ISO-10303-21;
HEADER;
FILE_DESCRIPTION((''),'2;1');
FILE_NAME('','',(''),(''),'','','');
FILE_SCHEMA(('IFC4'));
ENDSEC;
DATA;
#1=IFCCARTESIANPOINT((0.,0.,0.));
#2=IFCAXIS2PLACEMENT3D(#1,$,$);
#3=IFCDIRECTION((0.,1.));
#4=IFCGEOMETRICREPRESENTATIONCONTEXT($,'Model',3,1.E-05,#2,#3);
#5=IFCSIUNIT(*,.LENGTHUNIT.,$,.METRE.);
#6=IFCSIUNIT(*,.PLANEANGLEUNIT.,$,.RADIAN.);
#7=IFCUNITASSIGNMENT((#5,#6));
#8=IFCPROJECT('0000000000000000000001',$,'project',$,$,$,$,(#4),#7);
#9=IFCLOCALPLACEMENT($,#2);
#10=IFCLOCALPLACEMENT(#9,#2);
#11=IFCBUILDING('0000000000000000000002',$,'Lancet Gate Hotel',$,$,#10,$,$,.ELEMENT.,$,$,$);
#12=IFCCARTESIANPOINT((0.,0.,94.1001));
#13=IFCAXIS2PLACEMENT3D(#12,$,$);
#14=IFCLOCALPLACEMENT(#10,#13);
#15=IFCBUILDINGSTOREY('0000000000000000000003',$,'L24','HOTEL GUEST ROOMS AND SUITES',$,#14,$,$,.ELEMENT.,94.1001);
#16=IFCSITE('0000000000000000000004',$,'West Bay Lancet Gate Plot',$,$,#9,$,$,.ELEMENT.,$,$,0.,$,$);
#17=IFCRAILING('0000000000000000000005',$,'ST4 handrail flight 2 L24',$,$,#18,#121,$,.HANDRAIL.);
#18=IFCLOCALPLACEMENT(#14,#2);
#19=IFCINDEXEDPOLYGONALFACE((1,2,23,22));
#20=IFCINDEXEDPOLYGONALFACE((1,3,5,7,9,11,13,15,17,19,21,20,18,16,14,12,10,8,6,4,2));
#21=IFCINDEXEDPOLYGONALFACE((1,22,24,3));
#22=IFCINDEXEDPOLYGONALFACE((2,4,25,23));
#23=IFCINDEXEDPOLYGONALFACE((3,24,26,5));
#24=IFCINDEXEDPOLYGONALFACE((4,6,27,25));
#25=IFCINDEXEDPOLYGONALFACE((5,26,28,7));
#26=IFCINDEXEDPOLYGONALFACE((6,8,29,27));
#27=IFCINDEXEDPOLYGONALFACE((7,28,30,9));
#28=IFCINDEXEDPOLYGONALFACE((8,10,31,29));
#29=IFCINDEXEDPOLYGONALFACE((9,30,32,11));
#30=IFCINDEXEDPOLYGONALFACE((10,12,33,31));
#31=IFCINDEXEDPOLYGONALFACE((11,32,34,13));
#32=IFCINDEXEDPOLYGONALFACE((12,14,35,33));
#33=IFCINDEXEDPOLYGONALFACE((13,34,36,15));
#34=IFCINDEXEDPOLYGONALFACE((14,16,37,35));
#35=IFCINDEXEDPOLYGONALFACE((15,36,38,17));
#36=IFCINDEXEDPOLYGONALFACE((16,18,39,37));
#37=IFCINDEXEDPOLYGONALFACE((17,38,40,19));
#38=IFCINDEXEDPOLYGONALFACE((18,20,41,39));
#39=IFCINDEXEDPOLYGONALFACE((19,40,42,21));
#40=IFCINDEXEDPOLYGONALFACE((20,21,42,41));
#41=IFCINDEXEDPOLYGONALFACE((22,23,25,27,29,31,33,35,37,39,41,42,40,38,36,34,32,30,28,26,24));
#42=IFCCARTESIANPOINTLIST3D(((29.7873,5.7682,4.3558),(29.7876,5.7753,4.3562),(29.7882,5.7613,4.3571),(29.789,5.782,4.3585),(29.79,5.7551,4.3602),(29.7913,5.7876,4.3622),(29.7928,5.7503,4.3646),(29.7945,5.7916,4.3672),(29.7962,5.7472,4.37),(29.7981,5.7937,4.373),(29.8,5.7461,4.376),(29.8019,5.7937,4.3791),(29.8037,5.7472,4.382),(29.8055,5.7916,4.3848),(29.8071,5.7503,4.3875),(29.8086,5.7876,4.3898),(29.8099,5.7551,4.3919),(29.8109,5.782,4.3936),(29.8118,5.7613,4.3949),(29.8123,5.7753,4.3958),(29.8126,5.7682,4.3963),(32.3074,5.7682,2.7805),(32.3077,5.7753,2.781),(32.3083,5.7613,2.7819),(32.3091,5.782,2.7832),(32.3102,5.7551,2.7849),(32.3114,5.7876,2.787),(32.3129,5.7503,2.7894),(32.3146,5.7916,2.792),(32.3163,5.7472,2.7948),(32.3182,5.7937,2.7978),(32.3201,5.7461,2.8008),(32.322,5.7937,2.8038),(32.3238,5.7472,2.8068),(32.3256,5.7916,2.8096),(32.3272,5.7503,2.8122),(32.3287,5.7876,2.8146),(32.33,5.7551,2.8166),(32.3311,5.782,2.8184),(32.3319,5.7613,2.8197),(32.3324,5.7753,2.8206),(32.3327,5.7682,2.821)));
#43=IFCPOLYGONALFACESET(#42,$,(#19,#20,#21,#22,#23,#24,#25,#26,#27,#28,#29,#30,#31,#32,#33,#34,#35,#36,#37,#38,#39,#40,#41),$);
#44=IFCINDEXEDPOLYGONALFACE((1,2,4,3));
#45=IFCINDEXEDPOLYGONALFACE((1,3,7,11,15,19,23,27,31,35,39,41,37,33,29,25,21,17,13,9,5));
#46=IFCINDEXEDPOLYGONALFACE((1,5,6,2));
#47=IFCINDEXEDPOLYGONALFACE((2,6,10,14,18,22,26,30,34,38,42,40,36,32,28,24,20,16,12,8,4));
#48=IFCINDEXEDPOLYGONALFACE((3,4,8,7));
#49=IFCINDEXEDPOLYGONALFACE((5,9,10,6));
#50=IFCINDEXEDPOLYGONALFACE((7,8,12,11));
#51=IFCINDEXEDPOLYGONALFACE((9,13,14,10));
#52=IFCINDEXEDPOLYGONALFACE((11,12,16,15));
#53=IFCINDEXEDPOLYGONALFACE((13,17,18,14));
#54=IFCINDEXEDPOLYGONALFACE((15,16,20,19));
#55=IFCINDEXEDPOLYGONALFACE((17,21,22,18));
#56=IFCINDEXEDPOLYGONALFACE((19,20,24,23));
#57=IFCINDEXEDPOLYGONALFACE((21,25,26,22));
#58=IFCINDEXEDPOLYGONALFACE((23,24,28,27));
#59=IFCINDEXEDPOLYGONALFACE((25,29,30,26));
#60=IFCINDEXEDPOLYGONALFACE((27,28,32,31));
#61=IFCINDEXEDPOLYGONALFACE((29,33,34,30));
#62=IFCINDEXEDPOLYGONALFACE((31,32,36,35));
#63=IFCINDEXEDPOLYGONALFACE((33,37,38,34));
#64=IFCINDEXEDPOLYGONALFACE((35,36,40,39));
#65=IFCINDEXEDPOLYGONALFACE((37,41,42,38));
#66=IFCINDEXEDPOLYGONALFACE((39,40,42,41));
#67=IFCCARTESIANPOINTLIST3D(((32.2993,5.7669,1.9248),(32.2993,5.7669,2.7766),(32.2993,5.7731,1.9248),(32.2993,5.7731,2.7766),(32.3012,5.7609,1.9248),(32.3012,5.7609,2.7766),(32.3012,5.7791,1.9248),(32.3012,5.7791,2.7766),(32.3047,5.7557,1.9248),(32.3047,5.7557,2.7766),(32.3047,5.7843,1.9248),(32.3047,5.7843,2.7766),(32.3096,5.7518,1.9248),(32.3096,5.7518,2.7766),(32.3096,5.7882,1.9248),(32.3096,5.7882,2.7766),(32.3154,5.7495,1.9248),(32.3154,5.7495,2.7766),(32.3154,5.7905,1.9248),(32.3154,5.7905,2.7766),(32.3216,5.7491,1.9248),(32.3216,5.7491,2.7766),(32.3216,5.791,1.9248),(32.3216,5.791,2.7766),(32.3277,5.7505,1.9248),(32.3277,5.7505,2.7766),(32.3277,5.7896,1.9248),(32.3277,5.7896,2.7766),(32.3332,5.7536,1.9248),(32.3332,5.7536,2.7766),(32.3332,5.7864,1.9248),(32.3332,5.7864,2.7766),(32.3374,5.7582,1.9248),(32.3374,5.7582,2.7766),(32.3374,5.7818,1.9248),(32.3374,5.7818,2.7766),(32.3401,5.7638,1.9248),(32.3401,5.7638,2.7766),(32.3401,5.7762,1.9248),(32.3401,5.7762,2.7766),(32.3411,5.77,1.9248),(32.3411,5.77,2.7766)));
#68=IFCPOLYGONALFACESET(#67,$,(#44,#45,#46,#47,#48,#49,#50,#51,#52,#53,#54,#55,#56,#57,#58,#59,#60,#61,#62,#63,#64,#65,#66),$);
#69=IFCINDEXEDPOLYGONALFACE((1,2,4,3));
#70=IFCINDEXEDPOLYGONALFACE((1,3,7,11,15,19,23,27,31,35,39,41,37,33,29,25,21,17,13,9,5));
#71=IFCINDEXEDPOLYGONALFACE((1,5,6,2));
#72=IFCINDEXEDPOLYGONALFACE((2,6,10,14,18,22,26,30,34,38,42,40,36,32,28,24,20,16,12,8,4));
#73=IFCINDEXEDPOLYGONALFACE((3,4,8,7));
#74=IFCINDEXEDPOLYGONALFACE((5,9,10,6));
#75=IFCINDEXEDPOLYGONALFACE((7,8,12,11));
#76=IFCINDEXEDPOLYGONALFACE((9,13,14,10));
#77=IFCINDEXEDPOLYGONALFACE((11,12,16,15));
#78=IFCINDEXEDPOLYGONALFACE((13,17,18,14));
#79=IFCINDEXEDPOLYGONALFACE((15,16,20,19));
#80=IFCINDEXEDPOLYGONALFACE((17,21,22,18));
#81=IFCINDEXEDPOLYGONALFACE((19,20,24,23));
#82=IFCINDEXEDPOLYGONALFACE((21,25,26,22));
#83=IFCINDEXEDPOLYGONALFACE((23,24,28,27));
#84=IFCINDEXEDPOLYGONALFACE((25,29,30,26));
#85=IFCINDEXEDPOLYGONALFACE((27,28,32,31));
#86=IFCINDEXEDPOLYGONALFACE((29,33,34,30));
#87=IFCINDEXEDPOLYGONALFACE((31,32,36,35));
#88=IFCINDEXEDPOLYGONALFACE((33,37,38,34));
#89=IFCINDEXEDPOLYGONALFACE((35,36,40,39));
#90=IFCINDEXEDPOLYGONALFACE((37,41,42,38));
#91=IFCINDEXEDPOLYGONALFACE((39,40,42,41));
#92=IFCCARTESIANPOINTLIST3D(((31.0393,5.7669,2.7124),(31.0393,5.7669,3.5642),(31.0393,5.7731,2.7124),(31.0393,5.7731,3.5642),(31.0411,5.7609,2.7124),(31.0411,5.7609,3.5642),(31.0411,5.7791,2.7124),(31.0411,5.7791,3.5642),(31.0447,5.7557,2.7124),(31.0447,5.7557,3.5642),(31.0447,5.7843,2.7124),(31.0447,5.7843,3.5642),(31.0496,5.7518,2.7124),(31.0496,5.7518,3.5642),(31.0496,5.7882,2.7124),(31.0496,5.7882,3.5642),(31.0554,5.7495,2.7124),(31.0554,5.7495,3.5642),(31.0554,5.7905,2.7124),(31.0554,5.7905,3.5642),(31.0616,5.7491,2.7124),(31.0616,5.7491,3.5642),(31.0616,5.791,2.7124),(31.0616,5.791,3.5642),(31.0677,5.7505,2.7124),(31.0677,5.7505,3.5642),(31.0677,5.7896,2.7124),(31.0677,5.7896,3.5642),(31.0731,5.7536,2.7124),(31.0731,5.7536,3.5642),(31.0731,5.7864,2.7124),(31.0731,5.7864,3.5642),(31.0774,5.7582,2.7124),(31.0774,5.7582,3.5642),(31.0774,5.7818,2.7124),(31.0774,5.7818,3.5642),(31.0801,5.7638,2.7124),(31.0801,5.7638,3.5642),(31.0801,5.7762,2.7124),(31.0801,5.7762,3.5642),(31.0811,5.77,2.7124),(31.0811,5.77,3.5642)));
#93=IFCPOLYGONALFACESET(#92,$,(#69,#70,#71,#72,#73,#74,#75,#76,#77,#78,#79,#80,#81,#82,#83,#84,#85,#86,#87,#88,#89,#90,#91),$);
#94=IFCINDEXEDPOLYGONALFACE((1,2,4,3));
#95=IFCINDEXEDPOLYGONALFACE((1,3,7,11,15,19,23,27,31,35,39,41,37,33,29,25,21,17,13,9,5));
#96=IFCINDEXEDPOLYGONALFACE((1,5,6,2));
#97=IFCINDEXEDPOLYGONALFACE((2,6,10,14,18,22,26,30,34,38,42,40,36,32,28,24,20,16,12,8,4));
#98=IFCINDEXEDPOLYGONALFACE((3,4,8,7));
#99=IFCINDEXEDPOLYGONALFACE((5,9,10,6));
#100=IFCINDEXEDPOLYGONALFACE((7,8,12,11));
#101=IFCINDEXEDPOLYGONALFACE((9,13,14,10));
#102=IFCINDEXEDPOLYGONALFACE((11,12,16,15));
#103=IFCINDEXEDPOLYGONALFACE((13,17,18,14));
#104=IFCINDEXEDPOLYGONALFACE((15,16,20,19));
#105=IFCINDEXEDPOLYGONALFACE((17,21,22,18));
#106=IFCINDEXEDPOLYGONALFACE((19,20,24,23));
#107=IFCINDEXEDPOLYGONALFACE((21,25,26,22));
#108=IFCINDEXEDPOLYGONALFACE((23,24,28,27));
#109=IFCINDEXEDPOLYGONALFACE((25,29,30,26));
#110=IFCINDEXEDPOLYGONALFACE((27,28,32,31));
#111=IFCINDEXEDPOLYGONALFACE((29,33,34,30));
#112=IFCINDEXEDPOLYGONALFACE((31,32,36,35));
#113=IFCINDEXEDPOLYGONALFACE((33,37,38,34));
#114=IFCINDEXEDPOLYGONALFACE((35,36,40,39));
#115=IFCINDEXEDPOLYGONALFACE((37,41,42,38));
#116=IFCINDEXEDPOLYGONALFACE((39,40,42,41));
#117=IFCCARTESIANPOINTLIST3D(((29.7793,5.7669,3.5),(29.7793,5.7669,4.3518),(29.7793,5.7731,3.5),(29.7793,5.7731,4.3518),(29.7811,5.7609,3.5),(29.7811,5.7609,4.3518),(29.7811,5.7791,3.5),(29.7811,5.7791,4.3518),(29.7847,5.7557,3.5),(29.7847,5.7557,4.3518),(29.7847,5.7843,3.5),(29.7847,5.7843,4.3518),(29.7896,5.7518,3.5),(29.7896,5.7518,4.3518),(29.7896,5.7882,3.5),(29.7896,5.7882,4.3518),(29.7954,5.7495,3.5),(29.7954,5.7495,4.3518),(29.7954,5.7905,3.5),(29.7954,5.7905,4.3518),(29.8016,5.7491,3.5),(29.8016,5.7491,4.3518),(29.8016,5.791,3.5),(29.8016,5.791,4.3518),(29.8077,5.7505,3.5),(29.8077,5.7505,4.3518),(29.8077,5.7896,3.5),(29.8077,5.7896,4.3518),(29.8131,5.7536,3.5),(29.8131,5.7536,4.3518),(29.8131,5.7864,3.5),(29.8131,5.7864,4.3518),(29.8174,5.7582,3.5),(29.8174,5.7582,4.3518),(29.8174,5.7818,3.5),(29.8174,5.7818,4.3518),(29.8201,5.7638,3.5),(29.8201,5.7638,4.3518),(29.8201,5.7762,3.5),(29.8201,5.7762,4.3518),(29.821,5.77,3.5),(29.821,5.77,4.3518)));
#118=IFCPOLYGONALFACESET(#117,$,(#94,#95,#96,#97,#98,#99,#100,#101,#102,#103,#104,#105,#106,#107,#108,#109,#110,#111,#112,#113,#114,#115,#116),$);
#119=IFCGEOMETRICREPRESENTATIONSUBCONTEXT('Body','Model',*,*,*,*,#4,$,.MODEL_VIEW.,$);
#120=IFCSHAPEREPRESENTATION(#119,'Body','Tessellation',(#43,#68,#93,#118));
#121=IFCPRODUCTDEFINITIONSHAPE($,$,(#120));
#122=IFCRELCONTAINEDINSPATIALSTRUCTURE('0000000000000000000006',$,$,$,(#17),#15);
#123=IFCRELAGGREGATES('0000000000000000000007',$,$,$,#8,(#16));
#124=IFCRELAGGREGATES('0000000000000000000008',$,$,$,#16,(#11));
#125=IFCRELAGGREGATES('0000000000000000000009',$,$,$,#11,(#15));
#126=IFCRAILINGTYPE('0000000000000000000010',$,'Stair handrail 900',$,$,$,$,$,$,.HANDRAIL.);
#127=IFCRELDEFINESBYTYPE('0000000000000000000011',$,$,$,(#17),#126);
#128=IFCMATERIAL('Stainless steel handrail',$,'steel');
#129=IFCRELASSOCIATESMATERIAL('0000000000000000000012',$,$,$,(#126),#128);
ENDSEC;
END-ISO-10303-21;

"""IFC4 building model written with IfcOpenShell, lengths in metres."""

from ifc_helpers import new_model, si_unit, direction, frame, origin, origin_2d, place, context, subcontext, project, spatial, circle, extrude, material, type_object, element, save


model = new_model("IFC4")

# Units and contexts
model_context = context("Model", 3, precision=1e-05, world=origin(), true_north=direction((0.0, 1.0)))
body_context = subcontext(model_context, "Body", "Model", "MODEL_VIEW")
ifc_project = project(units=[si_unit("LENGTHUNIT", "METRE"), si_unit("PLANEANGLEUNIT", "RADIAN")], contexts=[model_context])

# Site, building, storey
site_placement = place(None, origin())
site = spatial("IfcSite", under=ifc_project, at=site_placement, Name="West Bay Lancet Gate Plot", CompositionType="ELEMENT", RefElevation=0.0)
building_placement = place(site_placement, origin())
building = spatial("IfcBuilding", under=site, at=building_placement, Name="Lancet Gate Hotel", CompositionType="ELEMENT")
storey_placement = place(building_placement, frame((0.0, 0.0, 94.1001)))
storey = spatial("IfcBuildingStorey", under=building, at=storey_placement, Name="L24", Description="HOTEL GUEST ROOMS AND SUITES", CompositionType="ELEMENT", Elevation=94.1001)

# Railing
ifc_material_1 = material(Name="Stainless steel handrail", Category="steel")
railing_type = type_object("IfcRailingType", Name="Stair handrail 900", PredefinedType="HANDRAIL", material=ifc_material_1)
railing_1_placement = place(storey_placement, frame((32.3201, 5.77, 1.9248)))
element("IfcRailing", 1, at=railing_1_placement, inside=storey, type_object=railing_type, Name="ST4 handrail flight 2 L24", PredefinedType="HANDRAIL", context=body_context, shape_type="SweptSolid", body=[
    extrude(circle(Radius=0.0239, at=origin_2d()), frame((0.0, 0.0, 0.876), z_axis=(-0.847971, 0.0, 0.530043), x_axis=(0.0, -1.0, 0.0)), (0.0, 0.0, 1.0), 2.9719),
    extrude(circle(Radius=0.021, at=origin_2d()), origin(), (0.0, 0.0, 1.0), 0.8518),
    extrude(circle(Radius=0.021, at=origin_2d()), frame((-1.26, 0.0, 0.7876)), (0.0, 0.0, 1.0), 0.8518),
    extrude(circle(Radius=0.021, at=origin_2d()), frame((-2.52, 0.0, 1.5752)), (0.0, 0.0, 1.0), 0.8518),
])

save(model, "model.ifc")
